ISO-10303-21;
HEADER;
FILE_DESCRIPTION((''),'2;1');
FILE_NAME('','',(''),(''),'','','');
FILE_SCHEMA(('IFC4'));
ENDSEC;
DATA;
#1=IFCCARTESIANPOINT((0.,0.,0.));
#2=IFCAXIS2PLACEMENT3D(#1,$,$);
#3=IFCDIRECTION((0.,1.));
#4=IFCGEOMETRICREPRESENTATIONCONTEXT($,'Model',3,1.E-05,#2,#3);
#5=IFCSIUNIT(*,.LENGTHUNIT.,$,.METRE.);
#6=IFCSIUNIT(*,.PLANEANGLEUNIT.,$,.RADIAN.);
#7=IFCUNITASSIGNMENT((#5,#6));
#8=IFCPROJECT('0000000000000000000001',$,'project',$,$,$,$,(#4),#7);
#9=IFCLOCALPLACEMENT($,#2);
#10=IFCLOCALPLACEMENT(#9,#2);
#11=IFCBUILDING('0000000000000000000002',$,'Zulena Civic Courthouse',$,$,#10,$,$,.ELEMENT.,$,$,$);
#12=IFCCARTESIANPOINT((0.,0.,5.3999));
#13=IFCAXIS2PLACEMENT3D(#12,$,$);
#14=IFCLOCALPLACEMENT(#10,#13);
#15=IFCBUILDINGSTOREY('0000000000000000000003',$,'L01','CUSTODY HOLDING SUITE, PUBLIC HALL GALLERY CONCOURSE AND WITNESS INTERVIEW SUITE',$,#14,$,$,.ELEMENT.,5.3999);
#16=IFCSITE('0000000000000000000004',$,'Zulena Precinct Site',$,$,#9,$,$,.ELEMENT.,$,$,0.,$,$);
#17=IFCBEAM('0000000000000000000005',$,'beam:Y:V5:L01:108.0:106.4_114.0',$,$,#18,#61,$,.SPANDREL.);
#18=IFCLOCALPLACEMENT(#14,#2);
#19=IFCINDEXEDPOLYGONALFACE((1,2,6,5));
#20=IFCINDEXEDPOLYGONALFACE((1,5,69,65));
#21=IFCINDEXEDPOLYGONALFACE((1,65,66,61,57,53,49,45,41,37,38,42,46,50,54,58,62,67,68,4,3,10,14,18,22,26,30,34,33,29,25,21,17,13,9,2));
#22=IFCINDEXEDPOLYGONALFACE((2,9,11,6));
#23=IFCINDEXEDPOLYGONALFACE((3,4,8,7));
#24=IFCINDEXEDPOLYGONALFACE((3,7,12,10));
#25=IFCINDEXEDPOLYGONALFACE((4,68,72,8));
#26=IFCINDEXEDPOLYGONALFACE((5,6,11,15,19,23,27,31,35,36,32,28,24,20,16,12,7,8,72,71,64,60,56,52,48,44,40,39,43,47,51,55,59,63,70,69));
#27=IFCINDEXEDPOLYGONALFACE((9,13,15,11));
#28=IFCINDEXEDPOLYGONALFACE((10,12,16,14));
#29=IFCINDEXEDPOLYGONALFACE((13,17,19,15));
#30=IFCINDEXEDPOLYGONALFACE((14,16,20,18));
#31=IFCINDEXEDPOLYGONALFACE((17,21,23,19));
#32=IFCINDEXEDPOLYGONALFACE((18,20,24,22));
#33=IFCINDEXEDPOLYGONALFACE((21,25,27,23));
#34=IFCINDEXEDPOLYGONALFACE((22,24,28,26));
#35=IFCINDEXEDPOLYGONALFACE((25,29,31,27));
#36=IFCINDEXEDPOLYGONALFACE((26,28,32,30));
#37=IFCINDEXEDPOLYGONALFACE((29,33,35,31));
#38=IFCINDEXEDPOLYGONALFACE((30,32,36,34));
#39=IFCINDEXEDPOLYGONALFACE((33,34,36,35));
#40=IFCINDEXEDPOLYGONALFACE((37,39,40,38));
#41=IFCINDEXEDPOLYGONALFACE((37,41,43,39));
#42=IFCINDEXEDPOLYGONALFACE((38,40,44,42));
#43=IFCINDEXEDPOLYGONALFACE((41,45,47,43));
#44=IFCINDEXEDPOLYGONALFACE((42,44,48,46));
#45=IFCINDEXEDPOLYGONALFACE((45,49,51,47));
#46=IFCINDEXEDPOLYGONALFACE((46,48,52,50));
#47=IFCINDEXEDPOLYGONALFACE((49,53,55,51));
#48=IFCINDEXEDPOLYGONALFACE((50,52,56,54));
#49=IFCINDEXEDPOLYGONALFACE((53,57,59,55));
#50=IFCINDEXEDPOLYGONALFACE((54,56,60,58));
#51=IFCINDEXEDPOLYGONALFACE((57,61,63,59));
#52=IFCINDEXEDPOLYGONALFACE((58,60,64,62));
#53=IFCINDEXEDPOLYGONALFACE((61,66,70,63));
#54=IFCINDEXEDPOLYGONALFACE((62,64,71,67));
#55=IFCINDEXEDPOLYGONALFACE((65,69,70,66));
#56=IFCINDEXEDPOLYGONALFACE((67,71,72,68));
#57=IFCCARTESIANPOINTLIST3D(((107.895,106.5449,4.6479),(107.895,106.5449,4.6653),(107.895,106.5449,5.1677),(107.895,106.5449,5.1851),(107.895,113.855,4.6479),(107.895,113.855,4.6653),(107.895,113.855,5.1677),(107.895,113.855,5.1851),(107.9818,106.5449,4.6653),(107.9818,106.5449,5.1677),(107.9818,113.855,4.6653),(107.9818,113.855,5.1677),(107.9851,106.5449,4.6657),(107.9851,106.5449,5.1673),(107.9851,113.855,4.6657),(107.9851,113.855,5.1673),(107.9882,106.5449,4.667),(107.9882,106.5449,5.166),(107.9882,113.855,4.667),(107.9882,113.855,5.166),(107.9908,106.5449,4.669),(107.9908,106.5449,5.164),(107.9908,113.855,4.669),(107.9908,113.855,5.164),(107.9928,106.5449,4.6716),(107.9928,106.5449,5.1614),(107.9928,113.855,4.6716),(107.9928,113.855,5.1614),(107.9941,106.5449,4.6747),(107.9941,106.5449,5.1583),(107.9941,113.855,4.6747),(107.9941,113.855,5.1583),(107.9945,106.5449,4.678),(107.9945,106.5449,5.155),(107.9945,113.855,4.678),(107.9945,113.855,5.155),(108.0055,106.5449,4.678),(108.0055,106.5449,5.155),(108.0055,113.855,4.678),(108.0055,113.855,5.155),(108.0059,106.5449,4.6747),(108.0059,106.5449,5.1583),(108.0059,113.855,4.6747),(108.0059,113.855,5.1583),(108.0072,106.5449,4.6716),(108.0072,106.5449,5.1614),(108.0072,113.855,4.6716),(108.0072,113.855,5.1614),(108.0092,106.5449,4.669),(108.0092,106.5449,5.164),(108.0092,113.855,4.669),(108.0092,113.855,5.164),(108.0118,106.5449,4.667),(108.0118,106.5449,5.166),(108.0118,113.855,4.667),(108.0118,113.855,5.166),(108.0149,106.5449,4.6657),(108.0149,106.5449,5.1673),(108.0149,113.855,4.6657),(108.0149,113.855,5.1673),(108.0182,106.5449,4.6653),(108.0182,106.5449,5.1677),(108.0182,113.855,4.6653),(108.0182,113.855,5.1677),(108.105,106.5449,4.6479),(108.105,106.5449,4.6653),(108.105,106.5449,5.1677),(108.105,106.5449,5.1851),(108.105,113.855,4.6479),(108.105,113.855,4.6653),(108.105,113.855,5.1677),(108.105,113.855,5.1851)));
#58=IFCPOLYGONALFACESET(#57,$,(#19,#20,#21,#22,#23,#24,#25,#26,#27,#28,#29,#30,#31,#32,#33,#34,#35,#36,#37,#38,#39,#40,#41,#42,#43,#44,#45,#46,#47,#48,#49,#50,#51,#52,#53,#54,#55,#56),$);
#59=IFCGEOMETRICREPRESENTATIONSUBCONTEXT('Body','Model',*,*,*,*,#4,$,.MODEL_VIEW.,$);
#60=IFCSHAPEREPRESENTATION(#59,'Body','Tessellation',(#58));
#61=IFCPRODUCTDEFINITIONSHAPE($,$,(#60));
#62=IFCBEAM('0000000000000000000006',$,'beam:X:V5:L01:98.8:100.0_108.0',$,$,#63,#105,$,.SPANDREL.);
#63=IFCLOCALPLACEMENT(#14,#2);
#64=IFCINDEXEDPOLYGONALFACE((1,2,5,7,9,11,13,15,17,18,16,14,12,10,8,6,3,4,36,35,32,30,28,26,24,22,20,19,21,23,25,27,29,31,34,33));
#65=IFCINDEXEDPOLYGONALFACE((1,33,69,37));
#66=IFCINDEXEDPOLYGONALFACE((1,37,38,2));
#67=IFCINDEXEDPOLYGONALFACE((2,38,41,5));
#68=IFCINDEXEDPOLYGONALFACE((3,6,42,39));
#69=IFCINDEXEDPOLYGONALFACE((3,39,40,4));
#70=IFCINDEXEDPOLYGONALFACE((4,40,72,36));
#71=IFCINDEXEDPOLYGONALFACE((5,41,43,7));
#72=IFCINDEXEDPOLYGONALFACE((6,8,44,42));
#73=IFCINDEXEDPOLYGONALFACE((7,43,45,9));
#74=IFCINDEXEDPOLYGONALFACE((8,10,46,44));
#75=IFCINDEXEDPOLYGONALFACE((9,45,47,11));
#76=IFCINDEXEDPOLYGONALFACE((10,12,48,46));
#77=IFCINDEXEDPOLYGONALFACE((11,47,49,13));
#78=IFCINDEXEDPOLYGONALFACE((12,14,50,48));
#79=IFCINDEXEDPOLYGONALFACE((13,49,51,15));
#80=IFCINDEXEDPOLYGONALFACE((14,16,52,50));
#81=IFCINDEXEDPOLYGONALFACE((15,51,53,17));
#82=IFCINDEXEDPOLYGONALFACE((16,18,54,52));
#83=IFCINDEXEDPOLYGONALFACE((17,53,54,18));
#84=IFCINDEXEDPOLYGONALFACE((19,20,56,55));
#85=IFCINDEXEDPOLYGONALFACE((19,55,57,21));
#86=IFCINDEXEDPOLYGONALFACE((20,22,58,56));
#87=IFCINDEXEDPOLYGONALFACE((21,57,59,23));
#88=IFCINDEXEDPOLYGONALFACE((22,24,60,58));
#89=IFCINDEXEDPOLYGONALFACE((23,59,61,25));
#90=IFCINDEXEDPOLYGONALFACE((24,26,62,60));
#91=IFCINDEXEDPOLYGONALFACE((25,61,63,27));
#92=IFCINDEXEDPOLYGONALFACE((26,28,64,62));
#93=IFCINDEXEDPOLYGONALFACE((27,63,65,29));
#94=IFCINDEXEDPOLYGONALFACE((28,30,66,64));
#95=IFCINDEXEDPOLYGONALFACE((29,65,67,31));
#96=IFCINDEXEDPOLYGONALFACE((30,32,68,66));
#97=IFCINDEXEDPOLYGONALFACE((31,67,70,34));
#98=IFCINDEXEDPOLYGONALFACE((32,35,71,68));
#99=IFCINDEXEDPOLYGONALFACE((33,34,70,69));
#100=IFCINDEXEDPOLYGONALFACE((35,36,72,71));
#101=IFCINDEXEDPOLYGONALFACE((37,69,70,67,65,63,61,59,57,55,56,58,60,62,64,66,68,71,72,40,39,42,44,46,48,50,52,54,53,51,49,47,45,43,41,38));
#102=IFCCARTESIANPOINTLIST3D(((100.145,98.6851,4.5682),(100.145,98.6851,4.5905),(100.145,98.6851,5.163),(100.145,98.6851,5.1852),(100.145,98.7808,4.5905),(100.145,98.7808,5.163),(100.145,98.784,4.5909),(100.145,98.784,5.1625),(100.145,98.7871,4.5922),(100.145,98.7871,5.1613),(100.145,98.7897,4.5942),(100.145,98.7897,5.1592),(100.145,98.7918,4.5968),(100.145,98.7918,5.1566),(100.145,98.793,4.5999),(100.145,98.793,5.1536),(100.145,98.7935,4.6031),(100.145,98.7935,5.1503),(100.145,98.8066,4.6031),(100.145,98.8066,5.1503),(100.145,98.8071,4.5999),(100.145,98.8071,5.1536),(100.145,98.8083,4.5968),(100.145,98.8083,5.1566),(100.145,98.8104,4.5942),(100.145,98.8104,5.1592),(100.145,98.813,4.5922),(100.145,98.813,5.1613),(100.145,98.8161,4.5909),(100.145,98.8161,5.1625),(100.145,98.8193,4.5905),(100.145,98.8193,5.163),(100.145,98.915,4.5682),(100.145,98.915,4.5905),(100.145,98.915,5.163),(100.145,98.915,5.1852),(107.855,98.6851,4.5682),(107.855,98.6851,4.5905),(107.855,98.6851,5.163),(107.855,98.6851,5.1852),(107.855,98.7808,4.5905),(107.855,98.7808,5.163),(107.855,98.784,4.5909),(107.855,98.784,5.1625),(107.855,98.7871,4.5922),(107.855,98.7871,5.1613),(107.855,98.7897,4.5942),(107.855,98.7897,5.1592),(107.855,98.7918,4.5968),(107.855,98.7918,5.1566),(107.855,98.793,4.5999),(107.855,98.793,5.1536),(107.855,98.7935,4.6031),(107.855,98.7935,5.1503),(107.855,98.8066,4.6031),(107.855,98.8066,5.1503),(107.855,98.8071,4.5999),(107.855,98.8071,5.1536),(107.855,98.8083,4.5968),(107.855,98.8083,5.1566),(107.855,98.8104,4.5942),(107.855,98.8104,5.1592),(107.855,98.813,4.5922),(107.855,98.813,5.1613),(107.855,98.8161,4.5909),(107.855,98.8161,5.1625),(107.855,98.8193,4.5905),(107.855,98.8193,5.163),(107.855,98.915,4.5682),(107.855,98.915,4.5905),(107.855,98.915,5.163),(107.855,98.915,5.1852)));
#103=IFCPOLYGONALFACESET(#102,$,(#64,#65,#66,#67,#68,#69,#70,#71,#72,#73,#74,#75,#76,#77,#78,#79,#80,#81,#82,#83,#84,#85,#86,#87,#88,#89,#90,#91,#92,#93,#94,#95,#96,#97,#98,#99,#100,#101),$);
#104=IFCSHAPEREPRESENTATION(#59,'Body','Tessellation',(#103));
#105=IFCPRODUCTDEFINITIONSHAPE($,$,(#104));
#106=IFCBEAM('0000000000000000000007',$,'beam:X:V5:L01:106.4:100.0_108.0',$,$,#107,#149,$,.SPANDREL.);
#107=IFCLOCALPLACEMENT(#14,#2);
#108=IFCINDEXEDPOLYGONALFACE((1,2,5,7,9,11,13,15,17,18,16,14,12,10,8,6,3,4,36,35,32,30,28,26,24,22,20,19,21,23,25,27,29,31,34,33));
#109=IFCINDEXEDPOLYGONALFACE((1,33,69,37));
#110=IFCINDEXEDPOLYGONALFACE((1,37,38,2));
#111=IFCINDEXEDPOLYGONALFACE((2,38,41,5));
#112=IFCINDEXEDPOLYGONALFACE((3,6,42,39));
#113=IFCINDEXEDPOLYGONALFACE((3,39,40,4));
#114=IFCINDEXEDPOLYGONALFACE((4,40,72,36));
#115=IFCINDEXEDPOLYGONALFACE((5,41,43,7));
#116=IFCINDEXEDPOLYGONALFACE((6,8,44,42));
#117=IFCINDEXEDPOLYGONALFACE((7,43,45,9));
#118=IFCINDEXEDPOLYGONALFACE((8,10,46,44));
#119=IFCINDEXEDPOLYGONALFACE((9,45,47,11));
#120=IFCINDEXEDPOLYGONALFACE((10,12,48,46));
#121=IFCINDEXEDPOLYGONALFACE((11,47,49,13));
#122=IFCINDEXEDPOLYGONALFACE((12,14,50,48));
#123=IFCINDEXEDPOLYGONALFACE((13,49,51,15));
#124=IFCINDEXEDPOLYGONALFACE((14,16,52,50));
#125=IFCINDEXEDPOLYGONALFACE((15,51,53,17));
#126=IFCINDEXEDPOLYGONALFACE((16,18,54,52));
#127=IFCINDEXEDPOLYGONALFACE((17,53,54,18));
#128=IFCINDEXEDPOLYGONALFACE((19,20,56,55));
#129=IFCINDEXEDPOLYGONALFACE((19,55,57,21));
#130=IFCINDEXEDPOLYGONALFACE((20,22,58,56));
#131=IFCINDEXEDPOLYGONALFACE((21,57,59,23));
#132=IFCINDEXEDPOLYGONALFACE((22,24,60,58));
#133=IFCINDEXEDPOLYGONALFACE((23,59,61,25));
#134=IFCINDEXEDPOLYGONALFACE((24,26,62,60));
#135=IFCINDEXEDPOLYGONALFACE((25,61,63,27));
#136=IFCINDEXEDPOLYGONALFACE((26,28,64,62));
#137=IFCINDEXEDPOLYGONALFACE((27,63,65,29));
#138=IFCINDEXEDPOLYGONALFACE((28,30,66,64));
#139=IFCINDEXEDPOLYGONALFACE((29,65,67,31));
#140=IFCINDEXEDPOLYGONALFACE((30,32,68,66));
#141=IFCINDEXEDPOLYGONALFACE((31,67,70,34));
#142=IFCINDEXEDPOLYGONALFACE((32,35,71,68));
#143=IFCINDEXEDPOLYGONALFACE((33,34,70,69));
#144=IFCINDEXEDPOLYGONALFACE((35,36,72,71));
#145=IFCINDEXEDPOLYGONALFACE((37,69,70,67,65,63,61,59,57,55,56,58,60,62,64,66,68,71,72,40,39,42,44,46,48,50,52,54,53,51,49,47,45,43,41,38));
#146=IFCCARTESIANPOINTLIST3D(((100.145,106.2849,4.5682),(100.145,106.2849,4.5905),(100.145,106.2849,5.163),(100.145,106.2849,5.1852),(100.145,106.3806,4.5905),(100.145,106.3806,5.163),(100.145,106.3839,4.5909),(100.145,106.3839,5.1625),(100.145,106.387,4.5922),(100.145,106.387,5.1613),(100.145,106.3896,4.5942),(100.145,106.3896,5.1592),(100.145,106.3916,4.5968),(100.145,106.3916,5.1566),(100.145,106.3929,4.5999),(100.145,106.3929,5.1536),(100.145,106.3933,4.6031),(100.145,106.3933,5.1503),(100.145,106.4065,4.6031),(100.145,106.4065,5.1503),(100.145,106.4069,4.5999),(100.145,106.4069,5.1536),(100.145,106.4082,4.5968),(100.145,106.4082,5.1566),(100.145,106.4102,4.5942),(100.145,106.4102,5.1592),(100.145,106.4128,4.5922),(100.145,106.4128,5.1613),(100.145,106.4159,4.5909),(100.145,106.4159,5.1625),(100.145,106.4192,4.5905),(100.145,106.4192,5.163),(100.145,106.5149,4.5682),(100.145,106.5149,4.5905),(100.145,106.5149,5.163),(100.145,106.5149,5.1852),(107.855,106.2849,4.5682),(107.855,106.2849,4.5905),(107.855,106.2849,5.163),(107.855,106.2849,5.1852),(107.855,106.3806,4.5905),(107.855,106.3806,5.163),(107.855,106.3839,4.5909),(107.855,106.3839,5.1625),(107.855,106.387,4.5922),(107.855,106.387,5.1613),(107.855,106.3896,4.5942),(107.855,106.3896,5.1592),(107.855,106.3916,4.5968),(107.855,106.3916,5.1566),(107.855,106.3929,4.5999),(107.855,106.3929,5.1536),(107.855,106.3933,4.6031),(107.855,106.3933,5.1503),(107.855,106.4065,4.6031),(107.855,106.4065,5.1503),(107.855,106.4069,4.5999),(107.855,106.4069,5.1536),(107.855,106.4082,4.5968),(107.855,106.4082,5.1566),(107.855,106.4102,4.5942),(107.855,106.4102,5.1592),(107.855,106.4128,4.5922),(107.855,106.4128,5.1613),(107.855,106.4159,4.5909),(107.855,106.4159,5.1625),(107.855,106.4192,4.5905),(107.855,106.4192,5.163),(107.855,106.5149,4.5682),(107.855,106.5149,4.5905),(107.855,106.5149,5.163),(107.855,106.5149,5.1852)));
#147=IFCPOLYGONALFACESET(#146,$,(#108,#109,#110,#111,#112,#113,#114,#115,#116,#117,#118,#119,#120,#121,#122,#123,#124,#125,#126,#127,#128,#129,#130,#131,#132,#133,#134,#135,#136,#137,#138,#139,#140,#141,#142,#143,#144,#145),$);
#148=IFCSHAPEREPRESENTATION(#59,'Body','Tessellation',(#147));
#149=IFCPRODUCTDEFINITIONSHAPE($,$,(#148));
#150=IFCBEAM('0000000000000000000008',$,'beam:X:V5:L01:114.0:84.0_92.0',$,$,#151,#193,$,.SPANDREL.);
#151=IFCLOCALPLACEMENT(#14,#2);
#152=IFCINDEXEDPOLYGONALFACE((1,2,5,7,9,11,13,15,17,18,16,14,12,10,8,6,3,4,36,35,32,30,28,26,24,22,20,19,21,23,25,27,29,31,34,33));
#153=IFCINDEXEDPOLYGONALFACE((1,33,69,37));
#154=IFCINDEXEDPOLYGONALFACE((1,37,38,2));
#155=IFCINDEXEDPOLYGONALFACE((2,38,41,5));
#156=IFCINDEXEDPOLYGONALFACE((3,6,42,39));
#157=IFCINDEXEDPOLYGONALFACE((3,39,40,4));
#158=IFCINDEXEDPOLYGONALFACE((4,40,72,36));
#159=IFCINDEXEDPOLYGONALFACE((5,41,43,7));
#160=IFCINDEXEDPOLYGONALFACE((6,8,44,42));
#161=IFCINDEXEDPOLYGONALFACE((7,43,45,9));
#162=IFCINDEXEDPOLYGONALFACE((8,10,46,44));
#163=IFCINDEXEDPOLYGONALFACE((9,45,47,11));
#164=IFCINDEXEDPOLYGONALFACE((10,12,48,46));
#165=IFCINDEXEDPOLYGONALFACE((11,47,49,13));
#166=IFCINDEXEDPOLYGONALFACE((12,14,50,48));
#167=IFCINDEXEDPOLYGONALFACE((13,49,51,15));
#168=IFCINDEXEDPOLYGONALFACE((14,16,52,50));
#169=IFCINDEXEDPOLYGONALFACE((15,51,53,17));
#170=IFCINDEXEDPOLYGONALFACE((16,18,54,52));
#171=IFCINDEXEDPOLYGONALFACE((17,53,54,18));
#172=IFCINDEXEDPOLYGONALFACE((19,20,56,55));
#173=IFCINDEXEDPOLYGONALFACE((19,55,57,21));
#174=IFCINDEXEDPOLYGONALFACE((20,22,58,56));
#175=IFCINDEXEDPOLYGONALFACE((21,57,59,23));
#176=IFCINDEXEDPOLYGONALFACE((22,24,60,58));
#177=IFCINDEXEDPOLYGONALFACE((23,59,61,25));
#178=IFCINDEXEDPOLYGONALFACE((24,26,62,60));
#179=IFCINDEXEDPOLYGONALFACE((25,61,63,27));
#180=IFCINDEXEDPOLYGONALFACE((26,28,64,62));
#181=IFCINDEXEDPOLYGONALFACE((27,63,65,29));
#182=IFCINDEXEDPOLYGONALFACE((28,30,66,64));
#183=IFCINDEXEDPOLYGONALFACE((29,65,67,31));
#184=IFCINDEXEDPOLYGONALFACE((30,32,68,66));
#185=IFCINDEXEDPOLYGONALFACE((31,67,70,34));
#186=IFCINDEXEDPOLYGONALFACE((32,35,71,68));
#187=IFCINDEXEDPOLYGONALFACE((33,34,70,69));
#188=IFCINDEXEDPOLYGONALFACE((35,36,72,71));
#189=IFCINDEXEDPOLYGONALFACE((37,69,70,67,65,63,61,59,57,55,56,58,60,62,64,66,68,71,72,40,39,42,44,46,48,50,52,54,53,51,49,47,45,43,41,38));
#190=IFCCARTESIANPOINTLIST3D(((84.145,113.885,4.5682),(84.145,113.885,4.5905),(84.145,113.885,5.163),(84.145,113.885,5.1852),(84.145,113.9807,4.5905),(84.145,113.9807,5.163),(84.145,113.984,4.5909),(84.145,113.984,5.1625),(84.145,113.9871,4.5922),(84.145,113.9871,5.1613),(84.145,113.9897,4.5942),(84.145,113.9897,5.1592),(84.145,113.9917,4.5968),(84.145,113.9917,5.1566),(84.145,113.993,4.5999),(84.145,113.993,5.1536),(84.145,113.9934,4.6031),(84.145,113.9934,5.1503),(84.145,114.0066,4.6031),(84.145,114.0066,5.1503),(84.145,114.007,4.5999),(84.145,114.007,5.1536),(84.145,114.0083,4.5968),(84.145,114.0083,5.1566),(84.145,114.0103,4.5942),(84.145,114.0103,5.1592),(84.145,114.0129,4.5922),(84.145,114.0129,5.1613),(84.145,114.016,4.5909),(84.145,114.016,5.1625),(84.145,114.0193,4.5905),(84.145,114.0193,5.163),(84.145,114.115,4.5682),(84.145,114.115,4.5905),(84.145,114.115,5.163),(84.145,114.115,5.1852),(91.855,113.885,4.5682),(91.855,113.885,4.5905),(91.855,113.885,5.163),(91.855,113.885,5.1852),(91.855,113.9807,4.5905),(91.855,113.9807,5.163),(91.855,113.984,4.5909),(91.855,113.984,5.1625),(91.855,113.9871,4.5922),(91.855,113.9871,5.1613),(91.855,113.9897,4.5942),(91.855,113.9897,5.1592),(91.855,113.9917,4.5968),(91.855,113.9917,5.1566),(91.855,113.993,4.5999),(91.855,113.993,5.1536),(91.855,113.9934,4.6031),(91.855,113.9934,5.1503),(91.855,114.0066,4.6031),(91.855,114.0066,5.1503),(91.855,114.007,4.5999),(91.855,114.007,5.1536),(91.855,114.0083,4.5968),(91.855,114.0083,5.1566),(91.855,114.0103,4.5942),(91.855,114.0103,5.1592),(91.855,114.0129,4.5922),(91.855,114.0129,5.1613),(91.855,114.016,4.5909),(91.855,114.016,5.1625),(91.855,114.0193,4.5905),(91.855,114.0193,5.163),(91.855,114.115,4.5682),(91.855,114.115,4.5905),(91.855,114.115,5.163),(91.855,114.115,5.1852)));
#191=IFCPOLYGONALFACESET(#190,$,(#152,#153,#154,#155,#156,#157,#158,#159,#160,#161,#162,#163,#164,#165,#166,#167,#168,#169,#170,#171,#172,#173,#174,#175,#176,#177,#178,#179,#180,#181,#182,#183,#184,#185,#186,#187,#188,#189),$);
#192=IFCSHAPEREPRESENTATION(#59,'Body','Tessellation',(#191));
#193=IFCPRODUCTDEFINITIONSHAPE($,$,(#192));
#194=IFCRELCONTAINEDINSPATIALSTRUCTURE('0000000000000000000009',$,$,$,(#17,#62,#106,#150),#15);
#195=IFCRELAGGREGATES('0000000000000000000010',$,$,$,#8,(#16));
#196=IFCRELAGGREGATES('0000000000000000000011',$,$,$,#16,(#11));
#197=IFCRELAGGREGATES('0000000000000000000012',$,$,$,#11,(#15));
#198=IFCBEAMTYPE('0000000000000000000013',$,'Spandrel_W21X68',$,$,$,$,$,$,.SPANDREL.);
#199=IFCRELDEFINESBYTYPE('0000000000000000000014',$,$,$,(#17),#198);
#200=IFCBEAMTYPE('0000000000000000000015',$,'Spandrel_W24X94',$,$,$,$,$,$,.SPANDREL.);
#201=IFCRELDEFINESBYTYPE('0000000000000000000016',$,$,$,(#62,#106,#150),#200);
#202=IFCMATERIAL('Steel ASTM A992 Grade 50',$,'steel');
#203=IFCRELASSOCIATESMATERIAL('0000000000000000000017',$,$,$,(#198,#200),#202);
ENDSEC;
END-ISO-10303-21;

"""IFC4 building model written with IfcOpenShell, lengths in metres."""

from ifc_helpers import new_model, si_unit, direction, frame, origin, origin_2d, place, context, subcontext, project, spatial, i_section, extrude, material, material_profile, profile_set, type_object, element, save


model = new_model("IFC4")

# Units and contexts
model_context = context("Model", 3, precision=1e-05, world=origin(), true_north=direction((0.0, 1.0)))
body_context = subcontext(model_context, "Body", "Model", "MODEL_VIEW")
ifc_project = project(units=[si_unit("LENGTHUNIT", "METRE"), si_unit("PLANEANGLEUNIT", "RADIAN")], contexts=[model_context])

# Site, building, storey
site_placement = place(None, origin())
site = spatial("IfcSite", under=ifc_project, at=site_placement, Name="Zulena Precinct Site", CompositionType="ELEMENT", RefElevation=0.0)
building_placement = place(site_placement, origin())
building = spatial("IfcBuilding", under=site, at=building_placement, Name="Zulena Civic Courthouse", CompositionType="ELEMENT")
storey_placement = place(building_placement, frame((0.0, 0.0, 5.3999)))
storey = spatial("IfcBuildingStorey", under=building, at=storey_placement, Name="L01", Description="CUSTODY HOLDING SUITE, PUBLIC HALL GALLERY CONCOURSE AND WITNESS INTERVIEW SUITE", CompositionType="ELEMENT", Elevation=5.3999)

# Shared definitions
ifc_material_1 = material(Name="Steel ASTM A992 Grade 50", Category="steel")

# Beams
ifc_material_profile_1 = material_profile(ifc_material_1, i_section(OverallWidth=0.21, OverallDepth=0.5371, WebThickness=0.011, FlangeThickness=0.0173, FilletRadius=0.0127, at=origin_2d()), Name="W21X68")
ifc_profile_set_1 = profile_set([ifc_material_profile_1], Name="Steel ASTM A992 Grade 50")
beam_type_1 = type_object("IfcBeamType", Name="Spandrel_W21X68", PredefinedType="SPANDREL", material=ifc_profile_set_1)
beam_1_placement = place(storey_placement, frame((108.0, 106.5449, 4.9165), z_axis=(0.0, 1.0, 0.0), x_axis=(-1.0, 0.0, 0.0)))
element("IfcBeam", 1, at=beam_1_placement, inside=storey, type_object=beam_type_1, Name="beam:Y:V5:L01:108.0:106.4_114.0", PredefinedType="SPANDREL", context=body_context, shape_type="SweptSolid", body=[
    extrude(i_section(OverallWidth=0.21, OverallDepth=0.5371, WebThickness=0.011, FlangeThickness=0.0173, FilletRadius=0.0127, at=origin_2d()), origin(), (0.0, 0.0, 1.0), 7.3101),
])
ifc_material_profile_2 = material_profile(ifc_material_1, i_section(OverallWidth=0.23, OverallDepth=0.6169, WebThickness=0.0132, FlangeThickness=0.0222, FilletRadius=0.0127, at=origin_2d()), Name="W24X94")
ifc_profile_set_2 = profile_set([ifc_material_profile_2], Name="Steel ASTM A992 Grade 50")
beam_type_2 = type_object("IfcBeamType", Name="Spandrel_W24X94", PredefinedType="SPANDREL", material=ifc_profile_set_2)
for number, where, z_axis, x_axis, name in (
    (2, (100.145, 98.8, 4.8767), (1.0, 0.0, 0.0), (0.0, 1.0, 0.0), "beam:X:V5:L01:98.8:100.0_108.0"),
    (3, (100.145, 106.3999, 4.8767), (1.0, 0.0, 0.0), (0.0, 1.0, 0.0), "beam:X:V5:L01:106.4:100.0_108.0"),
    (4, (84.145, 114.0, 4.8767), (1.0, 0.0, 0.0), (0.0, 1.0, 0.0), "beam:X:V5:L01:114.0:84.0_92.0"),
):
    element("IfcBeam", number, at=place(storey_placement, frame(where, z_axis=z_axis, x_axis=x_axis)), inside=storey, type_object=beam_type_2, Name=name, PredefinedType="SPANDREL", context=body_context, shape_type="SweptSolid", body=[
        extrude(i_section(OverallWidth=0.23, OverallDepth=0.6169, WebThickness=0.0132, FlangeThickness=0.0222, FilletRadius=0.0127, at=origin_2d()), origin(), (0.0, 0.0, 1.0), 7.71),
    ])

save(model, "model.ifc")
